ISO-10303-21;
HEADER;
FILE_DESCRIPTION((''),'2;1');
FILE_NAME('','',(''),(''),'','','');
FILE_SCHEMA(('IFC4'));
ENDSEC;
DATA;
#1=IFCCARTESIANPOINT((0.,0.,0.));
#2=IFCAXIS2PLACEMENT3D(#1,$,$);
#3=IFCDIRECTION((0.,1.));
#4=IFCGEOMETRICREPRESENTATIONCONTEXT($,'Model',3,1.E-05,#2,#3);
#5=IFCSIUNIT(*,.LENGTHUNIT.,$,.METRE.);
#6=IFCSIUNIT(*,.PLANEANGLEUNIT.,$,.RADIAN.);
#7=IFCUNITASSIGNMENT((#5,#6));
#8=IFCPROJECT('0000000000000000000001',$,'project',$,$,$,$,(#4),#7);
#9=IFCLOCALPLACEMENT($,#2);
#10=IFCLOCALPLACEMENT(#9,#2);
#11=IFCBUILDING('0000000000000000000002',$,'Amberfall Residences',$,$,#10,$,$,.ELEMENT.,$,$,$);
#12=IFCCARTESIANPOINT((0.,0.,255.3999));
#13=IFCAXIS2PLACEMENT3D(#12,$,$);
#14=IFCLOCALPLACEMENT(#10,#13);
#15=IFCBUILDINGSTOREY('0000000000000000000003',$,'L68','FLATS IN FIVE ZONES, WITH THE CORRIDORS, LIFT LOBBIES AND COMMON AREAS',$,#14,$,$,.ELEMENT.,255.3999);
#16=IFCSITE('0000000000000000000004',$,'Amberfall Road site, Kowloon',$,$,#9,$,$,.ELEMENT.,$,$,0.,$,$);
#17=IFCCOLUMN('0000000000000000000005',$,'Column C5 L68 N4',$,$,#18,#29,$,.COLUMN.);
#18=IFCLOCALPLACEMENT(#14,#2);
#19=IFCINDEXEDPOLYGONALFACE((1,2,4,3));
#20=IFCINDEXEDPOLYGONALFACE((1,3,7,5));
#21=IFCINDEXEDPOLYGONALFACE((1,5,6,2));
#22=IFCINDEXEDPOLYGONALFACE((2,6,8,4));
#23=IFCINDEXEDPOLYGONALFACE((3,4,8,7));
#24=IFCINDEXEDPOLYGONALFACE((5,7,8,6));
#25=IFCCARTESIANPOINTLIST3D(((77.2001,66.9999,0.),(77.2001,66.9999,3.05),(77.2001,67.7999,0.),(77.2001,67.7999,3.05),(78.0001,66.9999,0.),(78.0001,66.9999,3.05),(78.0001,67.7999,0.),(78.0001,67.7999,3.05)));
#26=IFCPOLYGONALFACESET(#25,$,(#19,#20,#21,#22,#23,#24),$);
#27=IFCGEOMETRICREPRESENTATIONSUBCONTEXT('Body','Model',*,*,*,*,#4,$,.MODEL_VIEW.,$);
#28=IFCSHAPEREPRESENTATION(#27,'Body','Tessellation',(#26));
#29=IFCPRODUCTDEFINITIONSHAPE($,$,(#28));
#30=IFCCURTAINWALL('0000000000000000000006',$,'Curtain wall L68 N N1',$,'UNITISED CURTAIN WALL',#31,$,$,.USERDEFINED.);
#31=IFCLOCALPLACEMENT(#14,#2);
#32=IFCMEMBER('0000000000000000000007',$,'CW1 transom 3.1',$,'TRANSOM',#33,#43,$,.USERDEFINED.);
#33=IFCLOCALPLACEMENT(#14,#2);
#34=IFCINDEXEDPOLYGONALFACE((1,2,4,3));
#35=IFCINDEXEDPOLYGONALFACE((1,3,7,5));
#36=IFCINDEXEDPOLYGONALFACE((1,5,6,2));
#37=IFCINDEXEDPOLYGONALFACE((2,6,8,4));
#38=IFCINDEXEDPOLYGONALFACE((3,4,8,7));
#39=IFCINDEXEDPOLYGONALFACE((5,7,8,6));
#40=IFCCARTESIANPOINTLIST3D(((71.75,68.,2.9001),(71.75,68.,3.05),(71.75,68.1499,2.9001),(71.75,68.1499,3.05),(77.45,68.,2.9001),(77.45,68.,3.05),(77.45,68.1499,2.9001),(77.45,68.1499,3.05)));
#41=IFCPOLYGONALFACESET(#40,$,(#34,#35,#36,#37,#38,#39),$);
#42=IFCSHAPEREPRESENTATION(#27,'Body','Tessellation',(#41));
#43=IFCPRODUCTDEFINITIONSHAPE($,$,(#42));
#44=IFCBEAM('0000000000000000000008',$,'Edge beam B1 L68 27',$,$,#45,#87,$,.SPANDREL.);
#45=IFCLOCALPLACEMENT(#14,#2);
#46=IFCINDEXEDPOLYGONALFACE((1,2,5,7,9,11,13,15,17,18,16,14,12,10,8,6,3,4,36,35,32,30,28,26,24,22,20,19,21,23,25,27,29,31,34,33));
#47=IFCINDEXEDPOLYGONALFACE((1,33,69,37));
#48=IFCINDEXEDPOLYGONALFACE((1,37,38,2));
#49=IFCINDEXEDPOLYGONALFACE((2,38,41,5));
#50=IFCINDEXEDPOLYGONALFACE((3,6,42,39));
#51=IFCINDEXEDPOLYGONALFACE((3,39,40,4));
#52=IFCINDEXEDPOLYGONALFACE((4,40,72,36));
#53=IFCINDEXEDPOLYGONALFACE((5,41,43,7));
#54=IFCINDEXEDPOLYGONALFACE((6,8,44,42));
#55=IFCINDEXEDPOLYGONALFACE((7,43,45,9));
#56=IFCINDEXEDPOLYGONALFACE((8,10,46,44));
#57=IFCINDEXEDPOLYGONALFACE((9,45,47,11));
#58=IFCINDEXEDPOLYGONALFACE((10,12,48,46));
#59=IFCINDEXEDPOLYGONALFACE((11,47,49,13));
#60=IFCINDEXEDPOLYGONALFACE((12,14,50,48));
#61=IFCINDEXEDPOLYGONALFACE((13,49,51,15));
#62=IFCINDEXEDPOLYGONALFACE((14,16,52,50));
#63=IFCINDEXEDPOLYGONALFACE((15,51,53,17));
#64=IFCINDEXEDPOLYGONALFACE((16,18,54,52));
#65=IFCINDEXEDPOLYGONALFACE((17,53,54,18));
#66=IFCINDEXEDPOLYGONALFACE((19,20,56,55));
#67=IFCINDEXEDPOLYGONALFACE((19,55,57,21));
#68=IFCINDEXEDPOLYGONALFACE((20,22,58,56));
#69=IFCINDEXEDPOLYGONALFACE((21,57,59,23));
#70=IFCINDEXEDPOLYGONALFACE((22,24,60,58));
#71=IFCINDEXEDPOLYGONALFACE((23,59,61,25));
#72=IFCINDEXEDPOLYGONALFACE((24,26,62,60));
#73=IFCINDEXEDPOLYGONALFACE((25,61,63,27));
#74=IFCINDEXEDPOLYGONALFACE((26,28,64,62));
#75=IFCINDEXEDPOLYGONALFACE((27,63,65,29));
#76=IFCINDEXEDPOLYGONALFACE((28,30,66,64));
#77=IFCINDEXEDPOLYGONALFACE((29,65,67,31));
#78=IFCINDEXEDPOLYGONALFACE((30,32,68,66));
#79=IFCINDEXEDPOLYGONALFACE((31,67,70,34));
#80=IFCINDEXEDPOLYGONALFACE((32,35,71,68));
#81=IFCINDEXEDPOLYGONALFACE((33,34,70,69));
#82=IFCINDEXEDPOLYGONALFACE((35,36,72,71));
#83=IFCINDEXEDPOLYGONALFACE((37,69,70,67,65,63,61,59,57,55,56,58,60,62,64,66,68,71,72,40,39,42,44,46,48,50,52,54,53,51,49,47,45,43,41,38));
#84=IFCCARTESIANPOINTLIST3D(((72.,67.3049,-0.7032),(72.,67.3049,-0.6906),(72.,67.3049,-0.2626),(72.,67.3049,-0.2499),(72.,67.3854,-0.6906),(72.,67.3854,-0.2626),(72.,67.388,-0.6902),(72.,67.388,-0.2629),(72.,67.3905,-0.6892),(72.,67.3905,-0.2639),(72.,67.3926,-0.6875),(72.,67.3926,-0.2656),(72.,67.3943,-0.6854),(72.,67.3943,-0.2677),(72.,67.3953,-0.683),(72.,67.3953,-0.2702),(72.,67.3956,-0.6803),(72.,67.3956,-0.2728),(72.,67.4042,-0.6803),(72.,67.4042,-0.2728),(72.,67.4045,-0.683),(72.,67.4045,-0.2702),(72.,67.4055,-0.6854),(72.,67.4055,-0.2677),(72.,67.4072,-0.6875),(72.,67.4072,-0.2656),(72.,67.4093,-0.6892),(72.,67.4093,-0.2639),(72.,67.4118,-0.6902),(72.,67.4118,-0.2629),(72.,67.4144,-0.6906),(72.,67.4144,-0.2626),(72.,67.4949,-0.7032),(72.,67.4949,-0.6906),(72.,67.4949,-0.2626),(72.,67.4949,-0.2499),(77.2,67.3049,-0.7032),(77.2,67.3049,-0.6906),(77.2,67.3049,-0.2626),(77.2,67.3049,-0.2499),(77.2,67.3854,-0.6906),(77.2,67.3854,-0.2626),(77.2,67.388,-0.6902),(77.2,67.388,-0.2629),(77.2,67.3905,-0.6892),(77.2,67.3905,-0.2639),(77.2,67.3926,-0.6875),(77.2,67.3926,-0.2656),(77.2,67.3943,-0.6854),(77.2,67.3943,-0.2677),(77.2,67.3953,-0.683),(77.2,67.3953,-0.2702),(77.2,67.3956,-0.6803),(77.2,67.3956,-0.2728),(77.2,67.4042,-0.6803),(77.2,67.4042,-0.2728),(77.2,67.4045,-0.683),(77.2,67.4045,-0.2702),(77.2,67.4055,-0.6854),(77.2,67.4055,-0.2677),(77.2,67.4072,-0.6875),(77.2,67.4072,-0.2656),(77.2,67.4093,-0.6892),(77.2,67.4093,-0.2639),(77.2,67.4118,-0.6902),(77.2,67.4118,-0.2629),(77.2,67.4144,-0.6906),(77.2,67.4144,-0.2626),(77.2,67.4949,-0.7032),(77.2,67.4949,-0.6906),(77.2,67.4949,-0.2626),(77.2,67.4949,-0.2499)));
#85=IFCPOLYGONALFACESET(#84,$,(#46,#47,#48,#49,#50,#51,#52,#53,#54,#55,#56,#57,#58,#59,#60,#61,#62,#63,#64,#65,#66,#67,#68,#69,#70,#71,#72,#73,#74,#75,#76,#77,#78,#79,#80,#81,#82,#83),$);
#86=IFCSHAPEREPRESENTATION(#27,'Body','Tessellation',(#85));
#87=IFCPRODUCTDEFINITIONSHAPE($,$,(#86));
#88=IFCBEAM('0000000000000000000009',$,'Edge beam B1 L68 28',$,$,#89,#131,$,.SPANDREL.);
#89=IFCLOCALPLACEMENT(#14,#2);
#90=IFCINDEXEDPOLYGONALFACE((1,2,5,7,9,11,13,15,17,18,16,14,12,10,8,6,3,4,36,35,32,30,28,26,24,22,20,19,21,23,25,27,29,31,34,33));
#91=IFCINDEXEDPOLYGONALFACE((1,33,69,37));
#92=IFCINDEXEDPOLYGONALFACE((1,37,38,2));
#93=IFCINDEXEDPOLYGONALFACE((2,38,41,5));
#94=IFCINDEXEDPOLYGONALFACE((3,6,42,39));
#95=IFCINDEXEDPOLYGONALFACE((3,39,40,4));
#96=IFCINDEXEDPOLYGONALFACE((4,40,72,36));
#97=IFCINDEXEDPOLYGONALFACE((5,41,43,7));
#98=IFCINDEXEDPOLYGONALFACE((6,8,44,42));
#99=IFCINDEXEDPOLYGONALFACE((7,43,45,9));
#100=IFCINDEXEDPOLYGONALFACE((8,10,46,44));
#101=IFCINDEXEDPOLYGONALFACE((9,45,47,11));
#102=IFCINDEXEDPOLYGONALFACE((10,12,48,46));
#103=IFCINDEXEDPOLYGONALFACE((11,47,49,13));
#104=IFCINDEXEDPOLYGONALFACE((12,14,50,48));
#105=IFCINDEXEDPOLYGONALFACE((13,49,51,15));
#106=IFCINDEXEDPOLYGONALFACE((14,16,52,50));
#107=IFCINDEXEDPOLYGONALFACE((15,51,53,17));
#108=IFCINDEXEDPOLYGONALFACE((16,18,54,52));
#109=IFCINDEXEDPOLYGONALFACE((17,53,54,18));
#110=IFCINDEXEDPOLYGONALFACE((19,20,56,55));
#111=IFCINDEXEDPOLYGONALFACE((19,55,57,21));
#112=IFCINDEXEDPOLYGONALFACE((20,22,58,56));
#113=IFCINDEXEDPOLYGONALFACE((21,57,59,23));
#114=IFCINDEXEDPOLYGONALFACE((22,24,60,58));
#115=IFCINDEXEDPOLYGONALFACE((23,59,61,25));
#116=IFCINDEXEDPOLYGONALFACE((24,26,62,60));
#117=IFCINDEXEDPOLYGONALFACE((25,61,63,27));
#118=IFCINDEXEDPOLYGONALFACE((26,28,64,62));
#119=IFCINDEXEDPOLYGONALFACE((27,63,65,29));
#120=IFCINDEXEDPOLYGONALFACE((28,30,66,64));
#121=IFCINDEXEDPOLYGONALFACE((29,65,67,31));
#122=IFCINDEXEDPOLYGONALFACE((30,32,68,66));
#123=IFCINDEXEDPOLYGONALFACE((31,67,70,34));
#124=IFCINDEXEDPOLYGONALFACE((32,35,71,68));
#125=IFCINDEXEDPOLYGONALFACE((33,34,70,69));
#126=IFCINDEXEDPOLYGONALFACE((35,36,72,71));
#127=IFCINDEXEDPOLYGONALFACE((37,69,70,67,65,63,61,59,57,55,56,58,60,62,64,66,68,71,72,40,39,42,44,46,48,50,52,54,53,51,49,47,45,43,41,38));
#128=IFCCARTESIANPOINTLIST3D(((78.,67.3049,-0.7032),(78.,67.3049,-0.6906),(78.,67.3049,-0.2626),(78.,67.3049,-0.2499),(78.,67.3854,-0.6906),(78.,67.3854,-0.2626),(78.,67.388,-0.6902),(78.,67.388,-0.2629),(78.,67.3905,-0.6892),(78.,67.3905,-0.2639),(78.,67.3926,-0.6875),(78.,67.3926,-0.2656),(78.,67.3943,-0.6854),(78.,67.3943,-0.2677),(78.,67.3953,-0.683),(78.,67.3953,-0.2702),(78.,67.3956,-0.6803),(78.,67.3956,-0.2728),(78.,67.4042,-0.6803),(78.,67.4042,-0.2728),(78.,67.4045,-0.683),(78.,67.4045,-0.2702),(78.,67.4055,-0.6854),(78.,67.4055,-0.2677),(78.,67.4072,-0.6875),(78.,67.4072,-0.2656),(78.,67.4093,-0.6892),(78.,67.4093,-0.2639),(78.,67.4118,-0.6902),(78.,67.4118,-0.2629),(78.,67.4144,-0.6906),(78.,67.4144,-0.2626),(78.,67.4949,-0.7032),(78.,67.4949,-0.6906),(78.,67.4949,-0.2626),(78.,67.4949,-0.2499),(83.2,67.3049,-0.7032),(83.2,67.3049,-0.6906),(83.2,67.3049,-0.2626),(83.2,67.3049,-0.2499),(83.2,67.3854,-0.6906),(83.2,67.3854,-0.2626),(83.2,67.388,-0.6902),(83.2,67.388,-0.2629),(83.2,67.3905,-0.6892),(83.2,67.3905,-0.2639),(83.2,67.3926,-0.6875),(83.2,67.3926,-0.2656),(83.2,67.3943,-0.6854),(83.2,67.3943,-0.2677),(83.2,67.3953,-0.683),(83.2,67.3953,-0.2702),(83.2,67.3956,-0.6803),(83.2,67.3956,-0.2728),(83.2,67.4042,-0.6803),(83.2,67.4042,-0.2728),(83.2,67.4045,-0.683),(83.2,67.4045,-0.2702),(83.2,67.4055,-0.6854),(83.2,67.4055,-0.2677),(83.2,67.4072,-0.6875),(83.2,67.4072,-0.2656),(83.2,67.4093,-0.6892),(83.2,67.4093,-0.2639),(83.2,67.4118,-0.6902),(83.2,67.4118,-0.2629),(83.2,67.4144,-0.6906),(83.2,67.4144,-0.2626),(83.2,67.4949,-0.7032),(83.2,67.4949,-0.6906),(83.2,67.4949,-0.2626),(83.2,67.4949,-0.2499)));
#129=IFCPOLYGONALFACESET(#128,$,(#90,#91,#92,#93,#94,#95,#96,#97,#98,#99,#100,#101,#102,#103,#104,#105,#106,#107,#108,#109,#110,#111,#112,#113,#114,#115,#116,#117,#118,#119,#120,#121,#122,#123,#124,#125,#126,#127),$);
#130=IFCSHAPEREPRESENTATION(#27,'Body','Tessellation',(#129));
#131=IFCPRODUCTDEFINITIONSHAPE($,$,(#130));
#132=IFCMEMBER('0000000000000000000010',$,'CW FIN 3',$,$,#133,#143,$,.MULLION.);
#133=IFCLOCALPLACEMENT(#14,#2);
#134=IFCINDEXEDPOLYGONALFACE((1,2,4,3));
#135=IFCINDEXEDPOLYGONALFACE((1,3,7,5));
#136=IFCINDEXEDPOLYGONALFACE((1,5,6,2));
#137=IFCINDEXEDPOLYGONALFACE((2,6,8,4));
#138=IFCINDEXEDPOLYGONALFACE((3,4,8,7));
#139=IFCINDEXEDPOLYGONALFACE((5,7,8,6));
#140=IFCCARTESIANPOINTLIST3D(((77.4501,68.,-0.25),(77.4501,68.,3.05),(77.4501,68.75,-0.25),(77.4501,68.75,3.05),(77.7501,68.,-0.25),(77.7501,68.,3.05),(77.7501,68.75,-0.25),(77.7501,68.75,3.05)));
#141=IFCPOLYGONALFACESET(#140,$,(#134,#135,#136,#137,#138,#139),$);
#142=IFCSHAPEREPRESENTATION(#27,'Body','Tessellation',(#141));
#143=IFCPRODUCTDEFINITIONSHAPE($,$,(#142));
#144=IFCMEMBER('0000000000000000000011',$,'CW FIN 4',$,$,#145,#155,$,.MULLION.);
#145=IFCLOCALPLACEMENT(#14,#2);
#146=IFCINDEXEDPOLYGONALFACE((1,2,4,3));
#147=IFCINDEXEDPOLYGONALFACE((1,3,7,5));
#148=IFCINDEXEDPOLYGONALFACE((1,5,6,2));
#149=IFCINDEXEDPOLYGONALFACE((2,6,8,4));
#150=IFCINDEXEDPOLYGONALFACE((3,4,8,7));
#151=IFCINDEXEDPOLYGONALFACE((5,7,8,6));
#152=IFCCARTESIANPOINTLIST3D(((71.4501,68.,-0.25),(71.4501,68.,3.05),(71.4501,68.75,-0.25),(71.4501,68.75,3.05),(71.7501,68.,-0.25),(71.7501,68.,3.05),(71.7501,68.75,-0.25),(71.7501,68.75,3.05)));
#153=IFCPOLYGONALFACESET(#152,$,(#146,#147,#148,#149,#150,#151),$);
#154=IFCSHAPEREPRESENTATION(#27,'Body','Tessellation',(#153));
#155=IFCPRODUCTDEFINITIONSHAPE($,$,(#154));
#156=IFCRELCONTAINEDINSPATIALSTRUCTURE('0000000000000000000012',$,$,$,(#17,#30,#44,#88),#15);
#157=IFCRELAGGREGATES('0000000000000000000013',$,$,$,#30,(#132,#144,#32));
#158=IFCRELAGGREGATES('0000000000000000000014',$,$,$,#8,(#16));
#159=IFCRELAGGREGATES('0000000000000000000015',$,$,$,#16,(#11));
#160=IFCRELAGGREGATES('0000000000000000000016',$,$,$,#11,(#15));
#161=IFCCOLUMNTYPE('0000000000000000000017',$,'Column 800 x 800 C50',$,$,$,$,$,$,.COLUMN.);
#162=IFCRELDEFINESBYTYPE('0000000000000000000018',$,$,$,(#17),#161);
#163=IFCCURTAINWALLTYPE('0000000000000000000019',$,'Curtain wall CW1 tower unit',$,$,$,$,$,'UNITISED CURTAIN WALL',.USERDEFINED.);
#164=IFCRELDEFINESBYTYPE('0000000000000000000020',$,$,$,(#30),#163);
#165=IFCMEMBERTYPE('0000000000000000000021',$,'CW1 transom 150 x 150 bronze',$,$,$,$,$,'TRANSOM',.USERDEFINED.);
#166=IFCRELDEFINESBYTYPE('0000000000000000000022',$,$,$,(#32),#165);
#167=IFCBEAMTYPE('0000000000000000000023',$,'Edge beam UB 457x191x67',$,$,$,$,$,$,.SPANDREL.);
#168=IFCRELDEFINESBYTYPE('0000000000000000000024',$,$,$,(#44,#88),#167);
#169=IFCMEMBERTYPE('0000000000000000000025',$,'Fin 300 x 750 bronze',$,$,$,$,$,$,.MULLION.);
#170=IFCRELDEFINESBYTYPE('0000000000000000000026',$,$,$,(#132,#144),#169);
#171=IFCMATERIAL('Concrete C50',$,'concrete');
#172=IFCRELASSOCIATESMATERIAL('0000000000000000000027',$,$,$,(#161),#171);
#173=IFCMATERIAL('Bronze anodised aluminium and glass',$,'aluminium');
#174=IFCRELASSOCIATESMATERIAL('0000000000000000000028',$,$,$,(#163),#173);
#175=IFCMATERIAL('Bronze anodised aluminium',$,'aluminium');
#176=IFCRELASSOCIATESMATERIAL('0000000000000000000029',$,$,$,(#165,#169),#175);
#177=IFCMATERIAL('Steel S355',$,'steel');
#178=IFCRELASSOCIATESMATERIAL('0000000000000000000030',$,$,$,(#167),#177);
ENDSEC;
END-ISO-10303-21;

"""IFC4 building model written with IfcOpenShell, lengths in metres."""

from ifc_helpers import new_model, si_unit, direction, frame, origin, origin_2d, place, context, subcontext, project, spatial, rectangle, i_section, extrude, material, material_profile, profile_set, type_object, element, aggregate, save


model = new_model("IFC4")

# Units and contexts
model_context = context("Model", 3, precision=1e-05, world=origin(), true_north=direction((0.0, 1.0)))
body_context = subcontext(model_context, "Body", "Model", "MODEL_VIEW")
ifc_project = project(units=[si_unit("LENGTHUNIT", "METRE"), si_unit("PLANEANGLEUNIT", "RADIAN")], contexts=[model_context])

# Site, building, storey
site_placement = place(None, origin())
site = spatial("IfcSite", under=ifc_project, at=site_placement, Name="Amberfall Road site, Kowloon", CompositionType="ELEMENT", RefElevation=0.0)
building_placement = place(site_placement, origin())
building = spatial("IfcBuilding", under=site, at=building_placement, Name="Amberfall Residences", CompositionType="ELEMENT")
storey_placement = place(building_placement, frame((0.0, 0.0, 255.3999)))
storey = spatial("IfcBuildingStorey", under=building, at=storey_placement, Name="L68", Description="FLATS IN FIVE ZONES, WITH THE CORRIDORS, LIFT LOBBIES AND COMMON AREAS", CompositionType="ELEMENT", Elevation=255.3999)

# Column
ifc_material_1 = material(Name="Concrete C50", Category="concrete")
ifc_material_profile_1 = material_profile(ifc_material_1, rectangle(XDim=0.8, YDim=0.8, at=origin_2d()), Name="Column 800 x 800 C50")
ifc_profile_set_1 = profile_set([ifc_material_profile_1], Name="Concrete C50")
column_type = type_object("IfcColumnType", Name="Column 800 x 800 C50", PredefinedType="COLUMN", material=ifc_profile_set_1)
column_placement = place(storey_placement, frame((77.6001, 67.3999, 0.0), z_axis=(0.0, 0.0, 1.0), x_axis=(1.0, 0.0, 0.0)))
element("IfcColumn", 1, at=column_placement, inside=storey, type_object=column_type, Name="Column C5 L68 N4", PredefinedType="COLUMN", context=body_context, shape_type="SweptSolid", body=[
    extrude(rectangle(XDim=0.8, YDim=0.8, at=origin_2d()), origin(), (0.0, 0.0, 1.0), 3.05),
])

# Curtain wall, member
ifc_material_2 = material(Name="Bronze anodised aluminium and glass", Category="aluminium")
curtain_wall_type = type_object("IfcCurtainWallType", Name="Curtain wall CW1 tower unit", ElementType="UNITISED CURTAIN WALL", PredefinedType="USERDEFINED", material=ifc_material_2)
curtain_wall_placement = place(storey_placement, origin())
curtain_wall = element("IfcCurtainWall", 2, at=curtain_wall_placement, inside=storey, type_object=curtain_wall_type, Name="Curtain wall L68 N N1", ObjectType="UNITISED CURTAIN WALL", PredefinedType="USERDEFINED")
ifc_material_3 = material(Name="Bronze anodised aluminium", Category="aluminium")
ifc_material_profile_2 = material_profile(ifc_material_3, rectangle(XDim=0.1499, YDim=0.1499, at=origin_2d()), Name="CW1 transom 150 x 150 bronze")
ifc_profile_set_2 = profile_set([ifc_material_profile_2], Name="Bronze anodised aluminium")
member_type_1 = type_object("IfcMemberType", Name="CW1 transom 150 x 150 bronze", ElementType="TRANSOM", PredefinedType="USERDEFINED", material=ifc_profile_set_2)
member_1_placement = place(storey_placement, frame((77.45, 68.075, 2.9751), z_axis=(-1.0, 0.0, 0.0), x_axis=(0.0, -1.0, 0.0)))
member_1 = element("IfcMember", 3, at=member_1_placement, type_object=member_type_1, Name="CW1 transom 3.1", ObjectType="TRANSOM", PredefinedType="USERDEFINED", context=body_context, shape_type="SweptSolid", body=[
    extrude(rectangle(XDim=0.1499, YDim=0.1499, at=origin_2d()), origin(), (0.0, 0.0, 1.0), 5.7),
])

# Beams
ifc_material_4 = material(Name="Steel S355", Category="steel")
ifc_material_profile_3 = material_profile(ifc_material_4, i_section(OverallWidth=0.1899, OverallDepth=0.4534, WebThickness=0.0085, FlangeThickness=0.0127, FilletRadius=0.0103, at=origin_2d()), Name="UB 457x191x67")
ifc_profile_set_3 = profile_set([ifc_material_profile_3], Name="Steel S355")
beam_type_1 = type_object("IfcBeamType", Name="Edge beam UB 457x191x67", PredefinedType="SPANDREL", material=ifc_profile_set_3)
for number, where, z_axis, x_axis, name in (
    (4, (72.0, 67.3999, -0.4766), (1.0, 0.0, 0.0), (0.0, 1.0, 0.0), "Edge beam B1 L68 27"),
    (5, (78.0, 67.3999, -0.4766), (1.0, 0.0, 0.0), (0.0, 1.0, 0.0), "Edge beam B1 L68 28"),
):
    element("IfcBeam", number, at=place(storey_placement, frame(where, z_axis=z_axis, x_axis=x_axis)), inside=storey, type_object=beam_type_1, Name=name, PredefinedType="SPANDREL", context=body_context, shape_type="SweptSolid", body=[
        extrude(i_section(OverallWidth=0.1899, OverallDepth=0.4534, WebThickness=0.0085, FlangeThickness=0.0127, FilletRadius=0.0103, at=origin_2d()), origin(), (0.0, 0.0, 1.0), 5.2),
    ])

# Members
ifc_material_profile_4 = material_profile(ifc_material_3, rectangle(XDim=0.75, YDim=0.3, at=origin_2d()), Name="Fin 300 x 750 bronze")
ifc_profile_set_4 = profile_set([ifc_material_profile_4], Name="Bronze anodised aluminium")
member_type_2 = type_object("IfcMemberType", Name="Fin 300 x 750 bronze", PredefinedType="MULLION", material=ifc_profile_set_4)
member_2_placement = place(storey_placement, frame((77.6001, 68.375, -0.25), z_axis=(0.0, 0.0, 1.0), x_axis=(0.0, -1.0, 0.0)))
member_2 = element("IfcMember", 6, at=member_2_placement, type_object=member_type_2, Name="CW FIN 3", PredefinedType="MULLION", context=body_context, shape_type="SweptSolid", body=[
    extrude(rectangle(XDim=0.75, YDim=0.3, at=origin_2d()), origin(), (0.0, 0.0, 1.0), 3.3),
])
member_3_placement = place(storey_placement, frame((71.6001, 68.375, -0.25), z_axis=(0.0, 0.0, 1.0), x_axis=(0.0, -1.0, 0.0)))
member_3 = element("IfcMember", 7, at=member_3_placement, type_object=member_type_2, Name="CW FIN 4", PredefinedType="MULLION", context=body_context, shape_type="SweptSolid", body=[
    extrude(rectangle(XDim=0.75, YDim=0.3, at=origin_2d()), origin(), (0.0, 0.0, 1.0), 3.3),
])

aggregate(curtain_wall, [member_2, member_3, member_1])

save(model, "model.ifc")
